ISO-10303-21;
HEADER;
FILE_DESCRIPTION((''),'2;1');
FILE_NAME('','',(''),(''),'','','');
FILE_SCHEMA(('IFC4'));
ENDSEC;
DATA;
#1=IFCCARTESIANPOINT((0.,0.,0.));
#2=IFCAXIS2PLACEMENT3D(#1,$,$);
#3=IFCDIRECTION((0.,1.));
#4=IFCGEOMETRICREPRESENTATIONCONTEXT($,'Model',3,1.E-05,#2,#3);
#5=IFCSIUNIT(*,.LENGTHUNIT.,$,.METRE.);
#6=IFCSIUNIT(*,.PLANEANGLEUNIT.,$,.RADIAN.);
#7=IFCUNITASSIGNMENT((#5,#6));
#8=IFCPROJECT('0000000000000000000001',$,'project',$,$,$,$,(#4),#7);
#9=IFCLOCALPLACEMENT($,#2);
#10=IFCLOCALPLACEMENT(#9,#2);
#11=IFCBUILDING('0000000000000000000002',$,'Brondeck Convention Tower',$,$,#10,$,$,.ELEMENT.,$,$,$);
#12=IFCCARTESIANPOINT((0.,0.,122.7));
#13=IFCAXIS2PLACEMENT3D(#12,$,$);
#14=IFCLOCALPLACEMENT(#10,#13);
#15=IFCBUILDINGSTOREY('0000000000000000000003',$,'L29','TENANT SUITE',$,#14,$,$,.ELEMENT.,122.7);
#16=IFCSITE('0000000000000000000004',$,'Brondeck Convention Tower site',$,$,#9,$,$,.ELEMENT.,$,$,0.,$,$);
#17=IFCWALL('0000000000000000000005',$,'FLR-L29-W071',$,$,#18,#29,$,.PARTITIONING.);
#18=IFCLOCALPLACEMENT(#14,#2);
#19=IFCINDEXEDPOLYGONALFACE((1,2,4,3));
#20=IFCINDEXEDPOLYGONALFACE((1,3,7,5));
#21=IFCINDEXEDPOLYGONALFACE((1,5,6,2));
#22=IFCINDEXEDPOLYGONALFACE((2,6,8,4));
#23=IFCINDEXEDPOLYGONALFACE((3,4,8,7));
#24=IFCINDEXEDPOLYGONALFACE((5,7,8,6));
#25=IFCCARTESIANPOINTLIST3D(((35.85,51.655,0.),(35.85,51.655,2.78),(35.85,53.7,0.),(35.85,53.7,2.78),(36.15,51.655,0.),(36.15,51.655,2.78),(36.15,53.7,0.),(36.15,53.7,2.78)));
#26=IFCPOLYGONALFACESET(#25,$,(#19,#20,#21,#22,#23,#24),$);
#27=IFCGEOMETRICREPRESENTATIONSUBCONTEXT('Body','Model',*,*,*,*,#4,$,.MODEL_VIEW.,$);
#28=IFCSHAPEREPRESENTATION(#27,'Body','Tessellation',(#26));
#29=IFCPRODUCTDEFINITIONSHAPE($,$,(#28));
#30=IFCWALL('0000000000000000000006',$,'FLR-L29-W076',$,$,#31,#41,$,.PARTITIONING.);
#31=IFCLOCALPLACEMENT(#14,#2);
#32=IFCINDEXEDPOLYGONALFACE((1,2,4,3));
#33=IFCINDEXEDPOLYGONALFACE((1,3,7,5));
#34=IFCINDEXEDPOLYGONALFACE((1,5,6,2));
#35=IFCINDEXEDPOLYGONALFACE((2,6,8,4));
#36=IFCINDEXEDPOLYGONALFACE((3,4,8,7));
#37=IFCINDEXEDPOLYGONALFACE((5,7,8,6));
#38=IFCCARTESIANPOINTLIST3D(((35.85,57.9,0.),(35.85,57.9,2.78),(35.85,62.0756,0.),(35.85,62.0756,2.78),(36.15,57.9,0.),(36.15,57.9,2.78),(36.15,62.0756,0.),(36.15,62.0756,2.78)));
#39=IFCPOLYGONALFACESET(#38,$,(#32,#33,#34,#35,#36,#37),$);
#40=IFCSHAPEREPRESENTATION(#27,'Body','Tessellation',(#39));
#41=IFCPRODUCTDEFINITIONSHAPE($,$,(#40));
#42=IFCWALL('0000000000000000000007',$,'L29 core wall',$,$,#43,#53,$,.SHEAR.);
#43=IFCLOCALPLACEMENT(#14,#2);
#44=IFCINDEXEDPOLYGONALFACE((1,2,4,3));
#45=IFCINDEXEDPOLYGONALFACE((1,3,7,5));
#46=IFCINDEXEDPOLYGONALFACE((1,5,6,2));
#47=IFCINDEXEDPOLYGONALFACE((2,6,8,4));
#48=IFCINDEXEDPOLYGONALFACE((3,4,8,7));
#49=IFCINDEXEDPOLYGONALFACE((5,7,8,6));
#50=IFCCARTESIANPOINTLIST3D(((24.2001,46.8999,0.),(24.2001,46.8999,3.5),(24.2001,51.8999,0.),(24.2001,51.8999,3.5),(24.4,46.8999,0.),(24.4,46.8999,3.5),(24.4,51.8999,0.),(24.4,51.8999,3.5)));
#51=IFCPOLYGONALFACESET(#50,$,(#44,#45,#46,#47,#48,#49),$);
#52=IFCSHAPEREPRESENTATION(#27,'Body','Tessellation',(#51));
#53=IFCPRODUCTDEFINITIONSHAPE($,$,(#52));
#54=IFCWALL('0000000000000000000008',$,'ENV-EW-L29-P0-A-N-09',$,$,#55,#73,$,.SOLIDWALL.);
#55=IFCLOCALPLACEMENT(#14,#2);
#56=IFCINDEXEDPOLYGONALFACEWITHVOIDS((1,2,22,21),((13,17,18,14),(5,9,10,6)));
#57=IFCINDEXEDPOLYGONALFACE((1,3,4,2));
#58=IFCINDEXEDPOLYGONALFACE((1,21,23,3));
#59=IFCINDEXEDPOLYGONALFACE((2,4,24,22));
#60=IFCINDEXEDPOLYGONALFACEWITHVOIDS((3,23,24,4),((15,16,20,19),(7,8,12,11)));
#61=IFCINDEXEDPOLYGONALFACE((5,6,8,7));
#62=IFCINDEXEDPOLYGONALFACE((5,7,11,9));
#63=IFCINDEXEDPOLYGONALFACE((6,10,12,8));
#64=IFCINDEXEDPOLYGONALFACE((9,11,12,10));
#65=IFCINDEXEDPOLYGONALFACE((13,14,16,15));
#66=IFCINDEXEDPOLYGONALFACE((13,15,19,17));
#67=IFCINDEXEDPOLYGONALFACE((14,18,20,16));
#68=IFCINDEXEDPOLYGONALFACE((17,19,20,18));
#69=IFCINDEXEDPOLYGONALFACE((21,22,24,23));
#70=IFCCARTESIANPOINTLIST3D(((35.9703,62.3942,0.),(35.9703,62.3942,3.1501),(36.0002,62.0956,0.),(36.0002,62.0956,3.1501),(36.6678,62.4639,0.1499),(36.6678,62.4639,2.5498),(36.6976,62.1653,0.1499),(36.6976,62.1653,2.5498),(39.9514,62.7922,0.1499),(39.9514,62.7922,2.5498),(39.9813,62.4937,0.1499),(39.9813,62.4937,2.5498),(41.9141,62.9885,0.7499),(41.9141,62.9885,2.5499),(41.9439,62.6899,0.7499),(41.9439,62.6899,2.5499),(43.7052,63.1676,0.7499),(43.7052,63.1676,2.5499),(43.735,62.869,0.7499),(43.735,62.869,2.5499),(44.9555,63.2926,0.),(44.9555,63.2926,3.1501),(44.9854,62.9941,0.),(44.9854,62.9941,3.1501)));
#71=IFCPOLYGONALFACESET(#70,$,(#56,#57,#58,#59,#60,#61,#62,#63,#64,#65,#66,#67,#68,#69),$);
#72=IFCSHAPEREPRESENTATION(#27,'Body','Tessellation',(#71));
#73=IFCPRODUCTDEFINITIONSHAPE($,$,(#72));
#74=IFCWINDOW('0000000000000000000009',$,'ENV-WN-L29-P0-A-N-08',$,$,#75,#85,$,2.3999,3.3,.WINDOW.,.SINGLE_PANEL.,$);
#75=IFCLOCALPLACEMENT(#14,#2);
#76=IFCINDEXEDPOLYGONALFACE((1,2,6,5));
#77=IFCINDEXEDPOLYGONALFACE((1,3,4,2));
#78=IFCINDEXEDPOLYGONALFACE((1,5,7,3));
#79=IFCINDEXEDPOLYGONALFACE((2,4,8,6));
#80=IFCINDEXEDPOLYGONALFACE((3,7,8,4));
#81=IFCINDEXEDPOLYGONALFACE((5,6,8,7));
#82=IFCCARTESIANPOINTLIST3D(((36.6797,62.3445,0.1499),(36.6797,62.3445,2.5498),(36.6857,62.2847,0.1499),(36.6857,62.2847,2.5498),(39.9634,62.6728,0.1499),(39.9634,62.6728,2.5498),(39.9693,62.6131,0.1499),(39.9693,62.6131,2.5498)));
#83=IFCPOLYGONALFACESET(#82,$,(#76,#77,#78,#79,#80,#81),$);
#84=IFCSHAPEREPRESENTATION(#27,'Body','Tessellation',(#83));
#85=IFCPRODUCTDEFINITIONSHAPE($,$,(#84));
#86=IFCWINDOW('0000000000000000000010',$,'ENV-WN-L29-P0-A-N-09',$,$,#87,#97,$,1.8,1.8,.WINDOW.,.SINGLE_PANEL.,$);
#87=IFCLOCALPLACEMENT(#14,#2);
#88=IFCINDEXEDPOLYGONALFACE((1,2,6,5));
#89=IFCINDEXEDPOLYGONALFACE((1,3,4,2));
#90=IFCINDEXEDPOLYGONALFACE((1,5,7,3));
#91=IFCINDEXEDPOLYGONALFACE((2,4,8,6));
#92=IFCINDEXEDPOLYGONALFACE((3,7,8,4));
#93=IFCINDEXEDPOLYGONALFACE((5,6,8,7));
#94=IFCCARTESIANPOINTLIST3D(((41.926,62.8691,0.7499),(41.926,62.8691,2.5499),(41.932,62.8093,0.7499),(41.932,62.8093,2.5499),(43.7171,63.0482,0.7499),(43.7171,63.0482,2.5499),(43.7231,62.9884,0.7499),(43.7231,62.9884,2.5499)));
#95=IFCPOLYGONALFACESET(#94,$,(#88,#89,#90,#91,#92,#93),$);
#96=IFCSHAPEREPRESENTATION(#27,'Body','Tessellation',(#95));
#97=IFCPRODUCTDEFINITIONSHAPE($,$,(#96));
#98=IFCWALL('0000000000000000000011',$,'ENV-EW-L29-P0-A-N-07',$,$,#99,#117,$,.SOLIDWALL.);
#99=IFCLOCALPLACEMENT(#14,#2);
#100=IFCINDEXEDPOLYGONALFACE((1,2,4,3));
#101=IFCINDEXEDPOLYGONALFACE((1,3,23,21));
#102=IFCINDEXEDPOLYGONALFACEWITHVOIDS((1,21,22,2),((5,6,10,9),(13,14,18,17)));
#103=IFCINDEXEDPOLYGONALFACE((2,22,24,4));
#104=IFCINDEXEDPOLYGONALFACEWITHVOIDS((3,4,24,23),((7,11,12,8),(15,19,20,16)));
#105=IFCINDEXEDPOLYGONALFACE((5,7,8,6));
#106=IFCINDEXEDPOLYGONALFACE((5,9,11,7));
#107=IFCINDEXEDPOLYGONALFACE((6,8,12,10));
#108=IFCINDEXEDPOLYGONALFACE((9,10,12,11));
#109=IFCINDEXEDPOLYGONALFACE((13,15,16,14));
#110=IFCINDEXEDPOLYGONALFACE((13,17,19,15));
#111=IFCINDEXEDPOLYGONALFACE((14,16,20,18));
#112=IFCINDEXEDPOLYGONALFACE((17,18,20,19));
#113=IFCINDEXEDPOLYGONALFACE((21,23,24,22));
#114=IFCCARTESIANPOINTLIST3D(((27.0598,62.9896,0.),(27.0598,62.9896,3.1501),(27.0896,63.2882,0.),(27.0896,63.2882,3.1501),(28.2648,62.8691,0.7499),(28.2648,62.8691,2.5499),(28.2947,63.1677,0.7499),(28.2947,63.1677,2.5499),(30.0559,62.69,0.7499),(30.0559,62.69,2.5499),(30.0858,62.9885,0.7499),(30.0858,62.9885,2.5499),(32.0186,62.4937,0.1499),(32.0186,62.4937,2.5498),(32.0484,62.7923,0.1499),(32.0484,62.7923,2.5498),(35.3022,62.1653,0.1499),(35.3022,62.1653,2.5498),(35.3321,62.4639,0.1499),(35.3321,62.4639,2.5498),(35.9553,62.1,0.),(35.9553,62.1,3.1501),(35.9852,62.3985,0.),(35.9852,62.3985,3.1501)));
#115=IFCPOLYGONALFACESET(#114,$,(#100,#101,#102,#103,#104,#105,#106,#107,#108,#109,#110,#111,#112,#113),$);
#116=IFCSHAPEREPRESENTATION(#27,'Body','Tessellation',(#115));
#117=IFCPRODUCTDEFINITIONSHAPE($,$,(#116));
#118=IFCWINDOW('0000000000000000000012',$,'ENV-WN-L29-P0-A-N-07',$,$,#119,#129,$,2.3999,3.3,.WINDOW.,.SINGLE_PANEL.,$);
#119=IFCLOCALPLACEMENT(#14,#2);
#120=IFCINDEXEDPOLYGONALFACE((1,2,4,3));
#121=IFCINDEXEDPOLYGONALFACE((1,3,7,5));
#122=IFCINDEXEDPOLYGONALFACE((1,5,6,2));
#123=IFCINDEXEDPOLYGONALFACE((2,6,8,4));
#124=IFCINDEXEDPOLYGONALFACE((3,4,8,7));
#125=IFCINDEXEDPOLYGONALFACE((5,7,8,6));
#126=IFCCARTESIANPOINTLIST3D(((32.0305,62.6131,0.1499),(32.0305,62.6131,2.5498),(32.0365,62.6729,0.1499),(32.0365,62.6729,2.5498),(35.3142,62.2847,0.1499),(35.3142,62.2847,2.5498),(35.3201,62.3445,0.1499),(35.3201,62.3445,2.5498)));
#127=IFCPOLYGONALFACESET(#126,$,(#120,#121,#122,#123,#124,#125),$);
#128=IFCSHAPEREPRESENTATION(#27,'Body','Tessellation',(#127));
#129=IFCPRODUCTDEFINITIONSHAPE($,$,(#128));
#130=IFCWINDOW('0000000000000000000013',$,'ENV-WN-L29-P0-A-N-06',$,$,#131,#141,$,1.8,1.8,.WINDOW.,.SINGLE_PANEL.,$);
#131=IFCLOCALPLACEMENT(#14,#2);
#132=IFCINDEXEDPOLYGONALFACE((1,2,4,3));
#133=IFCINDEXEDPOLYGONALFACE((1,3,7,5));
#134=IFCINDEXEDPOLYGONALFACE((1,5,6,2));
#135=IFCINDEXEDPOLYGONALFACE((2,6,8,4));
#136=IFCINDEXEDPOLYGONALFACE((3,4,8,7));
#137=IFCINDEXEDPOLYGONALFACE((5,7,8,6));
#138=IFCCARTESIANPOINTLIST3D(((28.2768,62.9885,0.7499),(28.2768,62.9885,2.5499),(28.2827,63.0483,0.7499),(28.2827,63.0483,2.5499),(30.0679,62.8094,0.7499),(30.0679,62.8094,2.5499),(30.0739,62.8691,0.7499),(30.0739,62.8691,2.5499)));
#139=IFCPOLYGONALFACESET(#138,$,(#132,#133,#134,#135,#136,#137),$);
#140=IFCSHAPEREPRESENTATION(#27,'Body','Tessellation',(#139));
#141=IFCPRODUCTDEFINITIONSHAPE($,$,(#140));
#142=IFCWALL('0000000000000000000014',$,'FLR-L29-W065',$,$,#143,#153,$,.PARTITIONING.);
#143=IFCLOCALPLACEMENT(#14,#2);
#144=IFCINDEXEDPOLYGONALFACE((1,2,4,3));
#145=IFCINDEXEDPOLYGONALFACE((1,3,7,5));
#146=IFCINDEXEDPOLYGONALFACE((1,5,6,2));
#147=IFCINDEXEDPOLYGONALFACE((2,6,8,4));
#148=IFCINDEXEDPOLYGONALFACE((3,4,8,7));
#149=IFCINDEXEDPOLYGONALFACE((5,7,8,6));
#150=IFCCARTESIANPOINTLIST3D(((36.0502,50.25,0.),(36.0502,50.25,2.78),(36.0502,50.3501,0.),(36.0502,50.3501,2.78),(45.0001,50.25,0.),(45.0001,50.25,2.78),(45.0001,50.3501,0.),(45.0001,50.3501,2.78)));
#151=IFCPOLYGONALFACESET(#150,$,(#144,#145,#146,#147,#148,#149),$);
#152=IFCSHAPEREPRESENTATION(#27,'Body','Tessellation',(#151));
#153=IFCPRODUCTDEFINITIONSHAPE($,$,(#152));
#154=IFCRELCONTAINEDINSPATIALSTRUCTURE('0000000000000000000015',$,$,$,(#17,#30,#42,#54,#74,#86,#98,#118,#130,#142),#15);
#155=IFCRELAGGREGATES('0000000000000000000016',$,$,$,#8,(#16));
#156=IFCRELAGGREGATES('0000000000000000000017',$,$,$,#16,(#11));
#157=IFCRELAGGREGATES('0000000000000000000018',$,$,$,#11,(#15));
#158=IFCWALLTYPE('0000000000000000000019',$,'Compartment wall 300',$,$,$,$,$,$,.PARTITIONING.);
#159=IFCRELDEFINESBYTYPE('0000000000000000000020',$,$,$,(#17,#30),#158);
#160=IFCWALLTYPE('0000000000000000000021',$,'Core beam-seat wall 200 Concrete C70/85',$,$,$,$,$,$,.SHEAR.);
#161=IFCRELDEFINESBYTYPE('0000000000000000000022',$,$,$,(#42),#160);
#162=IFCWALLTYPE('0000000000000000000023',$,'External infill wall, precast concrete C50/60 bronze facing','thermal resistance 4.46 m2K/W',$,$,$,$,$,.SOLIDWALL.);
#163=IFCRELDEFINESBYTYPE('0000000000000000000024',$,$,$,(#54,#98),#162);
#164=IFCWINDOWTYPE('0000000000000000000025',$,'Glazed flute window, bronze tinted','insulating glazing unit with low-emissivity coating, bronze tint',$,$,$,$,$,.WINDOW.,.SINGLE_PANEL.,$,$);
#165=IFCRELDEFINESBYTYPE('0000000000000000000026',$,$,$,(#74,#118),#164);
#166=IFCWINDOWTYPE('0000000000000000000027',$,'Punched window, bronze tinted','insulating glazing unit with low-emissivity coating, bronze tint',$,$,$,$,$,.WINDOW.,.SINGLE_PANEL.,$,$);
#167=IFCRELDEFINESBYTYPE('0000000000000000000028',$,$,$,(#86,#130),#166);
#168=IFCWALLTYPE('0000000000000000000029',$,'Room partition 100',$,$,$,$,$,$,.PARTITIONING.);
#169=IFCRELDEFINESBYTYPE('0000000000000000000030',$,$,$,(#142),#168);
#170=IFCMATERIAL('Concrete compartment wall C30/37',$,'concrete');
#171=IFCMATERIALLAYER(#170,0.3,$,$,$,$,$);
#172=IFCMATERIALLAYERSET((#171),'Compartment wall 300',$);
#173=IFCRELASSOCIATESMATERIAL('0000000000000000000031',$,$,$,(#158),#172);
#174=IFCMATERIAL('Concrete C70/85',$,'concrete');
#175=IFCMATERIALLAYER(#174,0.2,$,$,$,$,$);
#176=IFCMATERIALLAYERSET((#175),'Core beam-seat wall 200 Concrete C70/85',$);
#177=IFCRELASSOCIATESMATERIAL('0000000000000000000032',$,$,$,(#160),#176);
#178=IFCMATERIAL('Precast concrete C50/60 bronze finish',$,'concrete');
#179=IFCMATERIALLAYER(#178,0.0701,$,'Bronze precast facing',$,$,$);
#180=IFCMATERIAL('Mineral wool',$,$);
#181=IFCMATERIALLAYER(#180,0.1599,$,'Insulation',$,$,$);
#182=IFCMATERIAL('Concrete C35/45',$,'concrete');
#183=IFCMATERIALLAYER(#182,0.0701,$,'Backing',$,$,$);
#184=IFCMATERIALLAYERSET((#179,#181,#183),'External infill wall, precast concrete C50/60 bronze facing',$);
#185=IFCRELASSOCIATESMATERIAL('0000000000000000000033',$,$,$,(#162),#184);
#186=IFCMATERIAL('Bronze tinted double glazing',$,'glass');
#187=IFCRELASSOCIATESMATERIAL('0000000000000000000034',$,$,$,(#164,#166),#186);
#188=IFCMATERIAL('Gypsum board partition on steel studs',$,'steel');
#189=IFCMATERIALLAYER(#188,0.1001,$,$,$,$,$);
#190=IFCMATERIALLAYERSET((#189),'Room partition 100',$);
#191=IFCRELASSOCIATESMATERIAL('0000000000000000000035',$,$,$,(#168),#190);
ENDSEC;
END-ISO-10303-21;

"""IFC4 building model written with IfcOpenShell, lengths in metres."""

from ifc_helpers import new_model, si_unit, direction, frame, frame_2d, origin, place, context, subcontext, project, spatial, rectangle, extrude, material, layer, layer_set, type_object, element, fill, save


model = new_model("IFC4")

# Units and contexts
model_context = context("Model", 3, precision=1e-05, world=origin(), true_north=direction((0.0, 1.0)))
body_context = subcontext(model_context, "Body", "Model", "MODEL_VIEW")
ifc_project = project(units=[si_unit("LENGTHUNIT", "METRE"), si_unit("PLANEANGLEUNIT", "RADIAN")], contexts=[model_context])

# Site, building, storey
site_placement = place(None, origin())
site = spatial("IfcSite", under=ifc_project, at=site_placement, Name="Brondeck Convention Tower site", CompositionType="ELEMENT", RefElevation=0.0)
building_placement = place(site_placement, origin())
building = spatial("IfcBuilding", under=site, at=building_placement, Name="Brondeck Convention Tower", CompositionType="ELEMENT")
storey_placement = place(building_placement, frame((0.0, 0.0, 122.7)))
storey = spatial("IfcBuildingStorey", under=building, at=storey_placement, Name="L29", Description="TENANT SUITE", CompositionType="ELEMENT", Elevation=122.7)

# Shared definitions
ifc_material_1 = material(Name="Concrete C70/85", Category="concrete")

# Walls
ifc_material_2 = material(Name="Concrete compartment wall C30/37", Category="concrete")
ifc_layer_1 = layer(ifc_material_2, 0.3)
ifc_layer_set_1 = layer_set([ifc_layer_1], Name="Compartment wall 300")
wall_type_1 = type_object("IfcWallType", Name="Compartment wall 300", PredefinedType="PARTITIONING", material=ifc_layer_set_1)
wall_1_placement = place(storey_placement, frame((36.0, 51.655, 0.0), z_axis=(0.0, 0.0, 1.0), x_axis=(0.0, 1.0, 0.0)))
element("IfcWall", 1, at=wall_1_placement, inside=storey, type_object=wall_type_1, Name="FLR-L29-W071", PredefinedType="PARTITIONING", context=body_context, shape_type="SweptSolid", body=[
    extrude(rectangle(XDim=2.0449, YDim=0.3, at=frame_2d((1.0225, 0.0))), origin(), (0.0, 0.0, 1.0), 2.78),
])
wall_2_placement = place(storey_placement, frame((36.0, 57.8999, 0.0), z_axis=(0.0, 0.0, 1.0), x_axis=(0.0, 1.0, 0.0)))
element("IfcWall", 2, at=wall_2_placement, inside=storey, type_object=wall_type_1, Name="FLR-L29-W076", PredefinedType="PARTITIONING", context=body_context, shape_type="SweptSolid", body=[
    extrude(rectangle(XDim=4.1755, YDim=0.3, at=frame_2d((2.0879, 0.0))), origin(), (0.0, 0.0, 1.0), 2.78),
])
ifc_layer_2 = layer(ifc_material_1, 0.2)
ifc_layer_set_2 = layer_set([ifc_layer_2], Name="Core beam-seat wall 200 Concrete C70/85")
wall_type_2 = type_object("IfcWallType", Name="Core beam-seat wall 200 Concrete C70/85", PredefinedType="SHEAR", material=ifc_layer_set_2)
wall_3_placement = place(storey_placement, frame((24.3, 46.8999, 0.0), z_axis=(0.0, 0.0, 1.0), x_axis=(0.0, 1.0, 0.0)))
element("IfcWall", 3, at=wall_3_placement, inside=storey, type_object=wall_type_2, Name="L29 core wall", PredefinedType="SHEAR", context=body_context, shape_type="SweptSolid", body=[
    extrude(rectangle(XDim=5.0, YDim=0.2, at=frame_2d((2.5, 0.0))), origin(), (0.0, 0.0, 1.0), 3.5),
])

# Walls, openings, windows
ifc_material_3 = material(Name="Precast concrete C50/60 bronze finish", Category="concrete")
ifc_layer_3 = layer(ifc_material_3, 0.0701, Name="Bronze precast facing")
ifc_material_4 = material(Name="Mineral wool")
ifc_layer_4 = layer(ifc_material_4, 0.1599, Name="Insulation")
ifc_material_5 = material(Name="Concrete C35/45", Category="concrete")
ifc_layer_5 = layer(ifc_material_5, 0.0701, Name="Backing")
ifc_layer_set_3 = layer_set([ifc_layer_3, ifc_layer_4, ifc_layer_5], Name="External infill wall, precast concrete C50/60 bronze facing")
wall_type_3 = type_object("IfcWallType", Name="External infill wall, precast concrete C50/60 bronze facing", Description="thermal resistance 4.46 m2K/W", PredefinedType="SOLIDWALL", material=ifc_layer_set_3)
wall_4_placement = place(storey_placement, frame((35.9851, 62.2449, 0.0), z_axis=(0.0, 0.0, 1.0), x_axis=(0.995038, 0.099496, 0.0)))
wall_4 = element("IfcWall", 4, at=wall_4_placement, inside=storey, type_object=wall_type_3, Name="ENV-EW-L29-P0-A-N-09", PredefinedType="SOLIDWALL", context=body_context, shape_type="SweptSolid", body=[
    extrude(rectangle(XDim=9.03, YDim=0.3, at=frame_2d((4.5151, 0.0))), origin(), (0.0, 0.0, 1.0), 3.1501),
])
opening_1_placement = place(wall_4_placement, frame((0.7012, 0.0, 0.1499)))
opening_1 = element("IfcOpeningElement", 5, at=opening_1_placement, cuts=wall_4, PredefinedType="OPENING", context=body_context, shape_type="SweptSolid", body=[
    extrude(rectangle(XDim=3.3, YDim=2.3999, at=frame_2d((1.6499, 1.2))), frame((0.0, 0.1599, 0.0), z_axis=(0.0, -1.0, 0.0), x_axis=(1.0, 0.0, 0.0)), (0.0, 0.0, 1.0), 0.3201),
])
opening_2_placement = place(wall_4_placement, frame((5.9736, 0.0, 0.75)))
opening_2 = element("IfcOpeningElement", 6, at=opening_2_placement, cuts=wall_4, PredefinedType="OPENING", context=body_context, shape_type="SweptSolid", body=[
    extrude(rectangle(XDim=1.8, YDim=1.8, at=frame_2d((0.8999, 0.8999))), frame((0.0, 0.1599, 0.0), z_axis=(0.0, -1.0, 0.0), x_axis=(1.0, 0.0, 0.0)), (0.0, 0.0, 1.0), 0.3201),
])
ifc_material_6 = material(Name="Bronze tinted double glazing", Category="glass")
window_type_1 = type_object("IfcWindowType", Name="Glazed flute window, bronze tinted", Description="insulating glazing unit with low-emissivity coating, bronze tint", PartitioningType="SINGLE_PANEL", PredefinedType="WINDOW", material=ifc_material_6)
window_1_placement = place(opening_1_placement, origin())
window_1 = element("IfcWindow", 7, at=window_1_placement, inside=storey, type_object=window_type_1, Name="ENV-WN-L29-P0-A-N-08", OverallHeight=2.3999, OverallWidth=3.3, PartitioningType="SINGLE_PANEL", PredefinedType="WINDOW", context=body_context, shape_type="SweptSolid", body=[
    extrude(rectangle(XDim=3.3, YDim=2.3999, at=frame_2d((1.6499, 1.2))), frame((0.0, 0.03, 0.0), z_axis=(0.0, -1.0, 0.0), x_axis=(1.0, 0.0, 0.0)), (0.0, 0.0, 1.0), 0.0601),
])
fill(opening_1, window_1)
window_type_2 = type_object("IfcWindowType", Name="Punched window, bronze tinted", Description="insulating glazing unit with low-emissivity coating, bronze tint", PartitioningType="SINGLE_PANEL", PredefinedType="WINDOW", material=ifc_material_6)
window_2_placement = place(opening_2_placement, origin())
window_2 = element("IfcWindow", 8, at=window_2_placement, inside=storey, type_object=window_type_2, Name="ENV-WN-L29-P0-A-N-09", OverallHeight=1.8, OverallWidth=1.8, PartitioningType="SINGLE_PANEL", PredefinedType="WINDOW", context=body_context, shape_type="SweptSolid", body=[
    extrude(rectangle(XDim=1.8, YDim=1.8, at=frame_2d((0.8999, 0.8999))), frame((0.0, 0.03, 0.0), z_axis=(0.0, -1.0, 0.0), x_axis=(1.0, 0.0, 0.0)), (0.0, 0.0, 1.0), 0.0601),
])
fill(opening_2, window_2)
wall_5_placement = place(storey_placement, frame((27.0747, 63.1389, 0.0), z_axis=(0.0, 0.0, 1.0), x_axis=(0.995036, -0.099515, 0.0)))
wall_5 = element("IfcWall", 9, at=wall_5_placement, inside=storey, type_object=wall_type_3, Name="ENV-EW-L29-P0-A-N-07", PredefinedType="SOLIDWALL", context=body_context, shape_type="SweptSolid", body=[
    extrude(rectangle(XDim=8.9399, YDim=0.3, at=frame_2d((4.47, 0.0))), origin(), (0.0, 0.0, 1.0), 3.1501),
])
opening_3_placement = place(wall_5_placement, frame((1.2112, 0.0, 0.75)))
opening_3 = element("IfcOpeningElement", 10, at=opening_3_placement, cuts=wall_5, PredefinedType="OPENING", context=body_context, shape_type="SweptSolid", body=[
    extrude(rectangle(XDim=1.8, YDim=1.8, at=frame_2d((0.8999, 0.8999))), frame((0.0, 0.1599, 0.0), z_axis=(0.0, -1.0, 0.0), x_axis=(1.0, 0.0, 0.0)), (0.0, 0.0, 1.0), 0.3201),
])
opening_4_placement = place(wall_5_placement, frame((4.9836, 0.0, 0.1499)))
opening_4 = element("IfcOpeningElement", 11, at=opening_4_placement, cuts=wall_5, PredefinedType="OPENING", context=body_context, shape_type="SweptSolid", body=[
    extrude(rectangle(XDim=3.3, YDim=2.3999, at=frame_2d((1.6499, 1.2))), frame((0.0, 0.1599, 0.0), z_axis=(0.0, -1.0, 0.0), x_axis=(1.0, 0.0, 0.0)), (0.0, 0.0, 1.0), 0.3201),
])
window_3_placement = place(opening_4_placement, origin())
window_3 = element("IfcWindow", 12, at=window_3_placement, inside=storey, type_object=window_type_1, Name="ENV-WN-L29-P0-A-N-07", OverallHeight=2.3999, OverallWidth=3.3, PartitioningType="SINGLE_PANEL", PredefinedType="WINDOW", context=body_context, shape_type="SweptSolid", body=[
    extrude(rectangle(XDim=3.3, YDim=2.3999, at=frame_2d((1.6499, 1.2))), frame((0.0, 0.03, 0.0), z_axis=(0.0, -1.0, 0.0), x_axis=(1.0, 0.0, 0.0)), (0.0, 0.0, 1.0), 0.0601),
])
fill(opening_4, window_3)
window_4_placement = place(opening_3_placement, origin())
window_4 = element("IfcWindow", 13, at=window_4_placement, inside=storey, type_object=window_type_2, Name="ENV-WN-L29-P0-A-N-06", OverallHeight=1.8, OverallWidth=1.8, PartitioningType="SINGLE_PANEL", PredefinedType="WINDOW", context=body_context, shape_type="SweptSolid", body=[
    extrude(rectangle(XDim=1.8, YDim=1.8, at=frame_2d((0.8999, 0.8999))), frame((0.0, 0.03, 0.0), z_axis=(0.0, -1.0, 0.0), x_axis=(1.0, 0.0, 0.0)), (0.0, 0.0, 1.0), 0.0601),
])
fill(opening_3, window_4)

# Wall
ifc_material_7 = material(Name="Gypsum board partition on steel studs", Category="steel")
ifc_layer_6 = layer(ifc_material_7, 0.1001)
ifc_layer_set_4 = layer_set([ifc_layer_6], Name="Room partition 100")
wall_type_4 = type_object("IfcWallType", Name="Room partition 100", PredefinedType="PARTITIONING", material=ifc_layer_set_4)
wall_6_placement = place(storey_placement, frame((36.05, 50.3, 0.0), z_axis=(0.0, 0.0, 1.0), x_axis=(1.0, 0.0, 0.0)))
element("IfcWall", 14, at=wall_6_placement, inside=storey, type_object=wall_type_4, Name="FLR-L29-W065", PredefinedType="PARTITIONING", context=body_context, shape_type="SweptSolid", body=[
    extrude(rectangle(XDim=8.95, YDim=0.1001, at=frame_2d((4.4751, 0.0))), origin(), (0.0, 0.0, 1.0), 2.78),
])

save(model, "model.ifc")
